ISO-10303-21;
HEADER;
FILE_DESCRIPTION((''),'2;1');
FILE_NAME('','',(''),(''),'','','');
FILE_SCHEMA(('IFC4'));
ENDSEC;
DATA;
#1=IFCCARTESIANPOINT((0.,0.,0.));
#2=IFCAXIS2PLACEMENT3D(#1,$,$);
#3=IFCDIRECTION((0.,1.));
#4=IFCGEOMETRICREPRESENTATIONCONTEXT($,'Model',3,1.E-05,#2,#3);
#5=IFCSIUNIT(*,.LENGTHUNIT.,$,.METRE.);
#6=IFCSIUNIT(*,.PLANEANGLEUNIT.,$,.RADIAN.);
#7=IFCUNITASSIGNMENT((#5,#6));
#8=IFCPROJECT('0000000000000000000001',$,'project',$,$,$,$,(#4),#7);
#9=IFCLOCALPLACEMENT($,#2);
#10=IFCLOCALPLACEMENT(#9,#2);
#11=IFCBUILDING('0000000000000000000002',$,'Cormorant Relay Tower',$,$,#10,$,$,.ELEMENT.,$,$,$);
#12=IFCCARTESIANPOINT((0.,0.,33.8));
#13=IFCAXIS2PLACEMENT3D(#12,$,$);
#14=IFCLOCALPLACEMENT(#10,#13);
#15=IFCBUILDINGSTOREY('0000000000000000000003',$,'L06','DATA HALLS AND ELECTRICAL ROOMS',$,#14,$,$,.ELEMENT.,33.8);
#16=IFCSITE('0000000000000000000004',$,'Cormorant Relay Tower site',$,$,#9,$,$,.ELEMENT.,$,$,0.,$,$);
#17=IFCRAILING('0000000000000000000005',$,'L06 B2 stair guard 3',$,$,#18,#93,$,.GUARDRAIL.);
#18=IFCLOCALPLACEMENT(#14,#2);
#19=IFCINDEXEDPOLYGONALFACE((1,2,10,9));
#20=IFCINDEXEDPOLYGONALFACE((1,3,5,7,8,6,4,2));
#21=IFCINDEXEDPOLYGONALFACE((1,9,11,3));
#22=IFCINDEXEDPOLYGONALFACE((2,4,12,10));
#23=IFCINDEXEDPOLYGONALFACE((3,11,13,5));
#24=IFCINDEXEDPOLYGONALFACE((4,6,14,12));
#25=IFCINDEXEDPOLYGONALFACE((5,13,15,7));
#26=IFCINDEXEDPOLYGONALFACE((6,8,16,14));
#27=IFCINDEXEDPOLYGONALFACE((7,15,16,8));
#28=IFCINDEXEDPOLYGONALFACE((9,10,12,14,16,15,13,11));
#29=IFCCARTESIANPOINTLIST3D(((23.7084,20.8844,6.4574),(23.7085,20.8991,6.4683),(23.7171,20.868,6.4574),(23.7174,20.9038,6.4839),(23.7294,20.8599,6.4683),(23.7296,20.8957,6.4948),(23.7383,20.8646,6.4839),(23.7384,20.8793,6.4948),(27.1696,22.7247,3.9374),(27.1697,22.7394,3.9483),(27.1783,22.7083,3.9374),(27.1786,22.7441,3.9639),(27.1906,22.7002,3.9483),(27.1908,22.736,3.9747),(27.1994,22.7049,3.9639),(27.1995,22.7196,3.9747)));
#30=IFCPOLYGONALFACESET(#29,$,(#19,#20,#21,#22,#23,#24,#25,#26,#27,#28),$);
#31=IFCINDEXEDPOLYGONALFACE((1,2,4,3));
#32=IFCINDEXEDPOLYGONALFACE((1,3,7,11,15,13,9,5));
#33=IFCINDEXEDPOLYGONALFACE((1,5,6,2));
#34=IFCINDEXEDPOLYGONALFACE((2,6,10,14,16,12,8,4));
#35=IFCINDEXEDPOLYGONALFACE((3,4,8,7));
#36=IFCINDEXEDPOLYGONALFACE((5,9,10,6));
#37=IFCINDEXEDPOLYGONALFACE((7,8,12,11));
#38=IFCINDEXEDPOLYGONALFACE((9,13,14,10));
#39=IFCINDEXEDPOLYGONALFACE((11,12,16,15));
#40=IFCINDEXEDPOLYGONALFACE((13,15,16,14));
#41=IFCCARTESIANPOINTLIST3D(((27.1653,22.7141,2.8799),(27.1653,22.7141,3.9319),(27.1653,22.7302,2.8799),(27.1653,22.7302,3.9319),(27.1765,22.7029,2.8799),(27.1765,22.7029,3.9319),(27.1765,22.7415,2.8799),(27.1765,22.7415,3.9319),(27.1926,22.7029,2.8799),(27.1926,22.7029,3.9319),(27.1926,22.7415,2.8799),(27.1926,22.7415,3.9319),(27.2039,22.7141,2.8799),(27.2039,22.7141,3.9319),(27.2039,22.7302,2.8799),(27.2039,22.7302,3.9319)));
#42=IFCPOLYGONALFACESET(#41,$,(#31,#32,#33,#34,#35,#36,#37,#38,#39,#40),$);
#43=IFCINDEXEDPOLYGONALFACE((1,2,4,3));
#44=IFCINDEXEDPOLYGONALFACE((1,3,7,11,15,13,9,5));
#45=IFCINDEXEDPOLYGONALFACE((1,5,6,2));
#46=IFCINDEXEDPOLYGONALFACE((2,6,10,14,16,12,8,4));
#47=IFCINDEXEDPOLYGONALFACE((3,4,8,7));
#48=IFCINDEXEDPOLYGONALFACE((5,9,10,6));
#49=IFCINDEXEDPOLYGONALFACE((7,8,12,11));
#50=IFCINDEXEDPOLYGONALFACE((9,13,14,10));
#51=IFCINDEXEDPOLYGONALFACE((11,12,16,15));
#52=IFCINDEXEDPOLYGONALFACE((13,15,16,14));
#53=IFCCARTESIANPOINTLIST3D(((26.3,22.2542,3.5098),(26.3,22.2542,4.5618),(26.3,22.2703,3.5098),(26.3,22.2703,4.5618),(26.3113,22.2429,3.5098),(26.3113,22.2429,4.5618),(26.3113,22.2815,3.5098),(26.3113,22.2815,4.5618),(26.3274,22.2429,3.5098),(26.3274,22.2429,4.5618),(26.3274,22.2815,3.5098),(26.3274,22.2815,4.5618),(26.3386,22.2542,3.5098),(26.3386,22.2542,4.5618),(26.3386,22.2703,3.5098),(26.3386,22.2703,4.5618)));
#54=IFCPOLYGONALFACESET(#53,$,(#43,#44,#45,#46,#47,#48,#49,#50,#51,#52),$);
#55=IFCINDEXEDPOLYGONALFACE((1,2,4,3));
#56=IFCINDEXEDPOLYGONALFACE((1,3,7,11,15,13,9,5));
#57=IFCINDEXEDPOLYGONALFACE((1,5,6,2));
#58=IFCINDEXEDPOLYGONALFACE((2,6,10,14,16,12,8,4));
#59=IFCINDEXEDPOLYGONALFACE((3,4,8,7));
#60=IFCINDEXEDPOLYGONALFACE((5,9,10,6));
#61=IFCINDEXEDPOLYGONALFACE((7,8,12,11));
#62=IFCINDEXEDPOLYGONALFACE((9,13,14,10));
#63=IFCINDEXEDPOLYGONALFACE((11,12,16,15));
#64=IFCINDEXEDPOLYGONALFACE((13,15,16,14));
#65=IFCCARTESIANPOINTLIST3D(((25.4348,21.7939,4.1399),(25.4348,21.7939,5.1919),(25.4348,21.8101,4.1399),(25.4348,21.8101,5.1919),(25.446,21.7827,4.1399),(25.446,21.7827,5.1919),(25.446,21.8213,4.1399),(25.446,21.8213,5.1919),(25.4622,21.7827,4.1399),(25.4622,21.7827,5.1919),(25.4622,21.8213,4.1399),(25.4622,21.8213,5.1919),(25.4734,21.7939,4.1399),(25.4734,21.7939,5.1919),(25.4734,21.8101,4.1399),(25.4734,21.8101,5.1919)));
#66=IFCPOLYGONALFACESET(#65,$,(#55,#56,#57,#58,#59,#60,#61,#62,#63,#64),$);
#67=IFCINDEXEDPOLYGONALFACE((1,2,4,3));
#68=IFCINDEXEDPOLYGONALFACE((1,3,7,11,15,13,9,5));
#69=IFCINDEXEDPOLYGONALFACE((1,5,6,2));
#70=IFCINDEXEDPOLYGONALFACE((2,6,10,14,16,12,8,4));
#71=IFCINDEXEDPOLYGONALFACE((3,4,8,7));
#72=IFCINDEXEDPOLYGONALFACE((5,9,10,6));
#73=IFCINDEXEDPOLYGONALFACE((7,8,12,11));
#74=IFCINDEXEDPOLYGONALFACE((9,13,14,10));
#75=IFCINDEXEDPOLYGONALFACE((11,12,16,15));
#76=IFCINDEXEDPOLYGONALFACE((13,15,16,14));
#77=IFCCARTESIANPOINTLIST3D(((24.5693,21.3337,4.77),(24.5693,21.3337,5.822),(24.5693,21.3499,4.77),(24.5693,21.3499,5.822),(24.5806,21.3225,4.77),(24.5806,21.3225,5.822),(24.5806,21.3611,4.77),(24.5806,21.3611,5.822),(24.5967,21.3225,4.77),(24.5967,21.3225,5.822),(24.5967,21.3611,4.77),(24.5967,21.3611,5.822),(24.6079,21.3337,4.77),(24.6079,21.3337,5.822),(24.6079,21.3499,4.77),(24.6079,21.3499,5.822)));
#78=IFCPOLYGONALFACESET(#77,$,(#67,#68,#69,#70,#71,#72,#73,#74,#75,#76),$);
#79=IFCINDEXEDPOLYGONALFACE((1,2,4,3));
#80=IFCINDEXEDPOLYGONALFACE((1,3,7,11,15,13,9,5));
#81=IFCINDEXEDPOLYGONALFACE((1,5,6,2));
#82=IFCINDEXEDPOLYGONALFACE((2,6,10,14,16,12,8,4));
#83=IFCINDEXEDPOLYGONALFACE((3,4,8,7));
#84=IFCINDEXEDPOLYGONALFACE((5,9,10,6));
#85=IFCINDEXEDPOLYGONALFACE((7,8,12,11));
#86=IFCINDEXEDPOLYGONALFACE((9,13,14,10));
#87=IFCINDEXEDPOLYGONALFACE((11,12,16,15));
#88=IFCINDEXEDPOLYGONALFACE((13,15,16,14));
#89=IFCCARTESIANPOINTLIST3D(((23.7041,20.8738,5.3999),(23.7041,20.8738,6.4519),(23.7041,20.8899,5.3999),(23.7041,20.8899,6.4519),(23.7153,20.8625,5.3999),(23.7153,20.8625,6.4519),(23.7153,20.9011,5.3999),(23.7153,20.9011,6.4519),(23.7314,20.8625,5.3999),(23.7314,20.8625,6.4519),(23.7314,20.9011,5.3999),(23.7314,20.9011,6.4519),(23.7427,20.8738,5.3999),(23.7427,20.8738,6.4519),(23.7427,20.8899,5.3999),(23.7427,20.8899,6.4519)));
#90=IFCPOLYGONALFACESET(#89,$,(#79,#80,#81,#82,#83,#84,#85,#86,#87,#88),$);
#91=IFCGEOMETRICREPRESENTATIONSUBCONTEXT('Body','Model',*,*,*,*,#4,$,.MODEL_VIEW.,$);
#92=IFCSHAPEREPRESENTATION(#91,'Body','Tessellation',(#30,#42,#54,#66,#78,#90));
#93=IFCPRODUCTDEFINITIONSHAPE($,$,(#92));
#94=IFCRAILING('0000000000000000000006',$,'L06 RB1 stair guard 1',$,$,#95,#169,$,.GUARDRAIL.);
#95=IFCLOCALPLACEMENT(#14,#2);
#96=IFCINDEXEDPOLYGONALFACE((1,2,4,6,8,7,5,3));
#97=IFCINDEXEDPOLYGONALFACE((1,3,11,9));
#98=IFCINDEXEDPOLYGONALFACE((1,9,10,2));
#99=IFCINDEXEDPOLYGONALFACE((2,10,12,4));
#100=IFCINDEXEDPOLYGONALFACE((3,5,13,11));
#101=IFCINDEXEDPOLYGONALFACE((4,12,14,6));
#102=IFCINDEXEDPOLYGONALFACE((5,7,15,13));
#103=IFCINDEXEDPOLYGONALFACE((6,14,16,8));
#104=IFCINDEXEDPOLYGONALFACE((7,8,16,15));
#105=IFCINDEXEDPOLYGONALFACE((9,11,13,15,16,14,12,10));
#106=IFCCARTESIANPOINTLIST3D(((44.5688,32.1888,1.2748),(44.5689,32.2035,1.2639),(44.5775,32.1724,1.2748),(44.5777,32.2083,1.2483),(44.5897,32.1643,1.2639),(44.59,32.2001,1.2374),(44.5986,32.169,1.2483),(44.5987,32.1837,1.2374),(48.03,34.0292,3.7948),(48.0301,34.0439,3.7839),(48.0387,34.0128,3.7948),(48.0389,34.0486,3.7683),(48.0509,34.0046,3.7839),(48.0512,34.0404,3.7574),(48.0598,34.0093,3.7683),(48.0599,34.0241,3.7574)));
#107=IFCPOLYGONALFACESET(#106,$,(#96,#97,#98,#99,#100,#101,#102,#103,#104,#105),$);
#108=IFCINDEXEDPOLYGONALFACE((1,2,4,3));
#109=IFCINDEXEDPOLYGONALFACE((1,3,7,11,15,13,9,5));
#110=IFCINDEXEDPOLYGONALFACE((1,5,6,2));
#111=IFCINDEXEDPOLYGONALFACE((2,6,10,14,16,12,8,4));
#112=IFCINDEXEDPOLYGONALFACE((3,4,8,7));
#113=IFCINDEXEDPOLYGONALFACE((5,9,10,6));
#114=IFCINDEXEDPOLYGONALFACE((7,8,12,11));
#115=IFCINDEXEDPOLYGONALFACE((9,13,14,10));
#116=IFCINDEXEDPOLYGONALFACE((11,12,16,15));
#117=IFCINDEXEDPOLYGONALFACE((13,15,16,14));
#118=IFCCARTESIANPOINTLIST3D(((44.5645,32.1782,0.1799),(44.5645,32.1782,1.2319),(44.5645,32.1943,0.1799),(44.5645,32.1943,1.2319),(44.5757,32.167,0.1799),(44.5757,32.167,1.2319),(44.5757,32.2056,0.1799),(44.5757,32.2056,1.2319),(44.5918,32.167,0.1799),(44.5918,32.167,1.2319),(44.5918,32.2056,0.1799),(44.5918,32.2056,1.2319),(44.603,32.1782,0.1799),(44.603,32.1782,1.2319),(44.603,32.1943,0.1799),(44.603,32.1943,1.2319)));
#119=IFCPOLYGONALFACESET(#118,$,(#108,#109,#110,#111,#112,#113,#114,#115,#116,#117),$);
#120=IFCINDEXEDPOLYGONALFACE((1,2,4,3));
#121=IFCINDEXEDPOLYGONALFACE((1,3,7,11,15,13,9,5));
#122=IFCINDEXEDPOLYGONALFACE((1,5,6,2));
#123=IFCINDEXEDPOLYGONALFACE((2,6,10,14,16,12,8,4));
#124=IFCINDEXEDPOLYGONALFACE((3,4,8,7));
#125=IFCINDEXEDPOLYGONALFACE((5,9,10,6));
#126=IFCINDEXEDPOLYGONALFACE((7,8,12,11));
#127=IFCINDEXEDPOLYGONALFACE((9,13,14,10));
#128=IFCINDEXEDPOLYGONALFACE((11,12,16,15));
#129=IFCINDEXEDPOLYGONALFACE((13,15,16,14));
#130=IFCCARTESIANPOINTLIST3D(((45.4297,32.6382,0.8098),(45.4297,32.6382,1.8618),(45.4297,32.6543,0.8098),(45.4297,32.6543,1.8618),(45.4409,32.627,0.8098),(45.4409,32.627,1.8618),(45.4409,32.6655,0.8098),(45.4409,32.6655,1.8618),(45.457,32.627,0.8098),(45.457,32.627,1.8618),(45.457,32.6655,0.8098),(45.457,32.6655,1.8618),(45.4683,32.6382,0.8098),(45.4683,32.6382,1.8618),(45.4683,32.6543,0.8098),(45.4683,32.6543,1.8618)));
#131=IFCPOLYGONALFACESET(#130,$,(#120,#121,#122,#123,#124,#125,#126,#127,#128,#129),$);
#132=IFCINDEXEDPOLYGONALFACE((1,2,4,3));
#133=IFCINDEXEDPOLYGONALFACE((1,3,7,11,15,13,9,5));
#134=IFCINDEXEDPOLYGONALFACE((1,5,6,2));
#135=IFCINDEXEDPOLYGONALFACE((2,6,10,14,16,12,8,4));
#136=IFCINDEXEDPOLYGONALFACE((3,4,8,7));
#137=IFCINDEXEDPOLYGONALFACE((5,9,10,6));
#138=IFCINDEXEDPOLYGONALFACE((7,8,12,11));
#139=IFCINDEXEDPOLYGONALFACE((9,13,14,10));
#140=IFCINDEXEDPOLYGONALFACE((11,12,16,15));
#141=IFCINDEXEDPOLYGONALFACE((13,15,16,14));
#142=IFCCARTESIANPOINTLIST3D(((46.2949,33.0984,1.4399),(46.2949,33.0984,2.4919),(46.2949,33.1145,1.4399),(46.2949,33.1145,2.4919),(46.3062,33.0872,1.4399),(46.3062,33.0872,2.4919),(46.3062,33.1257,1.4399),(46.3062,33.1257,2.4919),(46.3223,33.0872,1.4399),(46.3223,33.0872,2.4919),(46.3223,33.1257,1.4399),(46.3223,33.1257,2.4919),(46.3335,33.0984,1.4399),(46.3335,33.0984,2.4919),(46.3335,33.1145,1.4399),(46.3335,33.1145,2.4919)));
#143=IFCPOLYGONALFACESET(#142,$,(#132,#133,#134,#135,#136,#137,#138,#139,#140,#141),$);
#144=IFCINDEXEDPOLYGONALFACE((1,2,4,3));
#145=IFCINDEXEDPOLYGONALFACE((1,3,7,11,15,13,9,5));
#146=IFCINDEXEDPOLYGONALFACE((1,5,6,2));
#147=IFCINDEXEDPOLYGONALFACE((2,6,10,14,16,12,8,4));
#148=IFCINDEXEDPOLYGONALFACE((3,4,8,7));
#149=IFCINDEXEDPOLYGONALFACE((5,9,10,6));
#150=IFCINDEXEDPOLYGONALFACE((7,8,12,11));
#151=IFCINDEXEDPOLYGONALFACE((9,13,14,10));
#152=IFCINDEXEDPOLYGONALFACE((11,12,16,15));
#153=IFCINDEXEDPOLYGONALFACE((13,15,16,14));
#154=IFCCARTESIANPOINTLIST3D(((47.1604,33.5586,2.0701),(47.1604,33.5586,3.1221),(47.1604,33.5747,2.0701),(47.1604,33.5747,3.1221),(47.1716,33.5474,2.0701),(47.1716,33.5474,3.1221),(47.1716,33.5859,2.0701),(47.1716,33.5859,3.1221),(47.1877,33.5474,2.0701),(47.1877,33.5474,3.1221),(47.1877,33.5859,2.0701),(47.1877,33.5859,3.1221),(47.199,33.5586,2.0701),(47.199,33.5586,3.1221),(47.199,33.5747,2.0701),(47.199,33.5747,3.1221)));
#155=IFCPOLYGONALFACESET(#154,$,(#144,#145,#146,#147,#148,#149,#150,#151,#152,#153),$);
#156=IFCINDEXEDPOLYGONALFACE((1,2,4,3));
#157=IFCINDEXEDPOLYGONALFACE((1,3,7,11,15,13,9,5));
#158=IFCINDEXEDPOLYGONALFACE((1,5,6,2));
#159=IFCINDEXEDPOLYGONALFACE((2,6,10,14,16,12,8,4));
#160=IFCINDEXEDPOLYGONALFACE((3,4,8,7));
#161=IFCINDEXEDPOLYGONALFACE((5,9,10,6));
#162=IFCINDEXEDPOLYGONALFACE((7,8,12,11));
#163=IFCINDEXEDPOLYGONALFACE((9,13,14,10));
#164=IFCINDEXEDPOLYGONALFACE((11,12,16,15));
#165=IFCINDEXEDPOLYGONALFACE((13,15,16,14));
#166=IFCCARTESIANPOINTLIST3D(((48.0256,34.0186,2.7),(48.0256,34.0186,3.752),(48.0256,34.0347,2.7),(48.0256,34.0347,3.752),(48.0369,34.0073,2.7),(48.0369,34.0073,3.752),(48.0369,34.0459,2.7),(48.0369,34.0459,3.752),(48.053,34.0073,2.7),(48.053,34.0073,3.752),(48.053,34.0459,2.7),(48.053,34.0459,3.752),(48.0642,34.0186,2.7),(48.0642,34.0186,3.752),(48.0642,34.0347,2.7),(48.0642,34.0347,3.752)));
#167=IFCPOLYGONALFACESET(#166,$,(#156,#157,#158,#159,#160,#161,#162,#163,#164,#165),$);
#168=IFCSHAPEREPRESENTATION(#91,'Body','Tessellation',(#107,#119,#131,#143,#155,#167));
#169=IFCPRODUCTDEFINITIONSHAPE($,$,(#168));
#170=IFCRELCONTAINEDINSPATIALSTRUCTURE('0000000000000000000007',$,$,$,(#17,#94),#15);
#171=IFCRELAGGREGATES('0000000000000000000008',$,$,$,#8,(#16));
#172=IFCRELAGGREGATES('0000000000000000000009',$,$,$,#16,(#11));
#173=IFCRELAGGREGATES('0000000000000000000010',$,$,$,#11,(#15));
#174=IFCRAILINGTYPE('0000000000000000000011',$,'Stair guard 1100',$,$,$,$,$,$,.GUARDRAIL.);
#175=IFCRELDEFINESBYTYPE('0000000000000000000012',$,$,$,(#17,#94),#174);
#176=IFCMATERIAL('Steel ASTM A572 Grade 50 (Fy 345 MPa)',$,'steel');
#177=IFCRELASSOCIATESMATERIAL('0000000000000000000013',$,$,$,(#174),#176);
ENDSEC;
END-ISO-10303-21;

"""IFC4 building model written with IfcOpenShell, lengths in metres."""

from ifc_helpers import new_model, si_unit, direction, frame, origin, place, context, subcontext, project, spatial, polyline, outline, extrude, material, type_object, element, save


model = new_model("IFC4")

# Units and contexts
model_context = context("Model", 3, precision=1e-05, world=origin(), true_north=direction((0.0, 1.0)))
body_context = subcontext(model_context, "Body", "Model", "MODEL_VIEW")
ifc_project = project(units=[si_unit("LENGTHUNIT", "METRE"), si_unit("PLANEANGLEUNIT", "RADIAN")], contexts=[model_context])

# Site, building, storey
site_placement = place(None, origin())
site = spatial("IfcSite", under=ifc_project, at=site_placement, Name="Cormorant Relay Tower site", CompositionType="ELEMENT", RefElevation=0.0)
building_placement = place(site_placement, origin())
building = spatial("IfcBuilding", under=site, at=building_placement, Name="Cormorant Relay Tower", CompositionType="ELEMENT")
storey_placement = place(building_placement, frame((0.0, 0.0, 33.8)))
storey = spatial("IfcBuildingStorey", under=building, at=storey_placement, Name="L06", Description="DATA HALLS AND ELECTRICAL ROOMS", CompositionType="ELEMENT", Elevation=33.8)

# Railings
ifc_material_1 = material(Name="Steel ASTM A572 Grade 50 (Fy 345 MPa)", Category="steel")
railing_type = type_object("IfcRailingType", Name="Stair guard 1100", PredefinedType="GUARDRAIL", material=ifc_material_1)
railing_1_placement = place(storey_placement, frame((27.1846, 22.7222, 2.8799)))
element("IfcRailing", 1, at=railing_1_placement, inside=storey, type_object=railing_type, Name="L06 B2 stair guard 3", PredefinedType="GUARDRAIL", context=body_context, shape_type="SweptSolid", body=[
    extrude(outline(polyline([(0.0222, 0.0093), (0.0093, 0.0222), (-0.0093, 0.0222), (-0.0222, 0.0093), (-0.0222, -0.0093), (-0.0093, -0.0222), (0.0093, -0.0222), (0.0222, -0.0093), (0.0222, 0.0093)])), frame((0.0, 0.0, 1.0762), z_axis=(-0.742717, -0.394907, 0.540758), x_axis=(0.469469, -0.882949, 0.0)), (0.0, 0.0, 1.0), 4.6602),
    extrude(outline(polyline([(0.0193, 0.0081), (0.0081, 0.0193), (-0.0081, 0.0193), (-0.0193, 0.0081), (-0.0193, -0.0081), (-0.0081, -0.0193), (0.0081, -0.0193), (0.0193, -0.0081), (0.0193, 0.0081)])), origin(), (0.0, 0.0, 1.0), 1.052),
    extrude(outline(polyline([(0.0193, 0.0081), (0.0081, 0.0193), (-0.0081, 0.0193), (-0.0193, 0.0081), (-0.0193, -0.0081), (-0.0081, -0.0193), (0.0081, -0.0193), (0.0193, -0.0081), (0.0193, 0.0081)])), frame((-0.8652, -0.46, 0.6299)), (0.0, 0.0, 1.0), 1.052),
    extrude(outline(polyline([(0.0193, 0.0081), (0.0081, 0.0193), (-0.0081, 0.0193), (-0.0193, 0.0081), (-0.0193, -0.0081), (-0.0081, -0.0193), (0.0081, -0.0193), (0.0193, -0.0081), (0.0193, 0.0081)])), frame((-1.7305, -0.9202, 1.26)), (0.0, 0.0, 1.0), 1.052),
    extrude(outline(polyline([(0.0193, 0.0081), (0.0081, 0.0193), (-0.0081, 0.0193), (-0.0193, 0.0081), (-0.0193, -0.0081), (-0.0081, -0.0193), (0.0081, -0.0193), (0.0193, -0.0081), (0.0193, 0.0081)])), frame((-2.5959, -1.3804, 1.8901)), (0.0, 0.0, 1.0), 1.052),
    extrude(outline(polyline([(0.0193, 0.0081), (0.0081, 0.0193), (-0.0081, 0.0193), (-0.0193, 0.0081), (-0.0193, -0.0081), (-0.0081, -0.0193), (0.0081, -0.0193), (0.0193, -0.0081), (0.0193, 0.0081)])), frame((-3.4612, -1.8403, 2.52)), (0.0, 0.0, 1.0), 1.052),
])
railing_2_placement = place(storey_placement, frame((44.5837, 32.1863, 0.1799)))
element("IfcRailing", 2, at=railing_2_placement, inside=storey, type_object=railing_type, Name="L06 RB1 stair guard 1", PredefinedType="GUARDRAIL", context=body_context, shape_type="SweptSolid", body=[
    extrude(outline(polyline([(0.0222, 0.0093), (0.0093, 0.0222), (-0.0093, 0.0222), (-0.0222, 0.0093), (-0.0222, -0.0093), (-0.0093, -0.0222), (0.0093, -0.0222), (0.0222, -0.0093), (0.0222, 0.0093)])), frame((0.0, 0.0, 1.0762), z_axis=(0.742717, 0.394907, 0.540758), x_axis=(-0.469469, 0.882949, 0.0)), (0.0, 0.0, 1.0), 4.6602),
    extrude(outline(polyline([(0.0193, 0.0081), (0.0081, 0.0193), (-0.0081, 0.0193), (-0.0193, 0.0081), (-0.0193, -0.0081), (-0.0081, -0.0193), (0.0081, -0.0193), (0.0193, -0.0081), (0.0193, 0.0081)])), origin(), (0.0, 0.0, 1.0), 1.052),
    extrude(outline(polyline([(0.0193, 0.0081), (0.0081, 0.0193), (-0.0081, 0.0193), (-0.0193, 0.0081), (-0.0193, -0.0081), (-0.0081, -0.0193), (0.0081, -0.0193), (0.0193, -0.0081), (0.0193, 0.0081)])), frame((0.8652, 0.46, 0.6299)), (0.0, 0.0, 1.0), 1.052),
    extrude(outline(polyline([(0.0193, 0.0081), (0.0081, 0.0193), (-0.0081, 0.0193), (-0.0193, 0.0081), (-0.0193, -0.0081), (-0.0081, -0.0193), (0.0081, -0.0193), (0.0193, -0.0081), (0.0193, 0.0081)])), frame((1.7305, 0.9202, 1.26)), (0.0, 0.0, 1.0), 1.052),
    extrude(outline(polyline([(0.0193, 0.0081), (0.0081, 0.0193), (-0.0081, 0.0193), (-0.0193, 0.0081), (-0.0193, -0.0081), (-0.0081, -0.0193), (0.0081, -0.0193), (0.0193, -0.0081), (0.0193, 0.0081)])), frame((2.5959, 1.3804, 1.8901)), (0.0, 0.0, 1.0), 1.052),
    extrude(outline(polyline([(0.0193, 0.0081), (0.0081, 0.0193), (-0.0081, 0.0193), (-0.0193, 0.0081), (-0.0193, -0.0081), (-0.0081, -0.0193), (0.0081, -0.0193), (0.0193, -0.0081), (0.0193, 0.0081)])), frame((3.4612, 1.8403, 2.52)), (0.0, 0.0, 1.0), 1.052),
])

save(model, "model.ifc")
